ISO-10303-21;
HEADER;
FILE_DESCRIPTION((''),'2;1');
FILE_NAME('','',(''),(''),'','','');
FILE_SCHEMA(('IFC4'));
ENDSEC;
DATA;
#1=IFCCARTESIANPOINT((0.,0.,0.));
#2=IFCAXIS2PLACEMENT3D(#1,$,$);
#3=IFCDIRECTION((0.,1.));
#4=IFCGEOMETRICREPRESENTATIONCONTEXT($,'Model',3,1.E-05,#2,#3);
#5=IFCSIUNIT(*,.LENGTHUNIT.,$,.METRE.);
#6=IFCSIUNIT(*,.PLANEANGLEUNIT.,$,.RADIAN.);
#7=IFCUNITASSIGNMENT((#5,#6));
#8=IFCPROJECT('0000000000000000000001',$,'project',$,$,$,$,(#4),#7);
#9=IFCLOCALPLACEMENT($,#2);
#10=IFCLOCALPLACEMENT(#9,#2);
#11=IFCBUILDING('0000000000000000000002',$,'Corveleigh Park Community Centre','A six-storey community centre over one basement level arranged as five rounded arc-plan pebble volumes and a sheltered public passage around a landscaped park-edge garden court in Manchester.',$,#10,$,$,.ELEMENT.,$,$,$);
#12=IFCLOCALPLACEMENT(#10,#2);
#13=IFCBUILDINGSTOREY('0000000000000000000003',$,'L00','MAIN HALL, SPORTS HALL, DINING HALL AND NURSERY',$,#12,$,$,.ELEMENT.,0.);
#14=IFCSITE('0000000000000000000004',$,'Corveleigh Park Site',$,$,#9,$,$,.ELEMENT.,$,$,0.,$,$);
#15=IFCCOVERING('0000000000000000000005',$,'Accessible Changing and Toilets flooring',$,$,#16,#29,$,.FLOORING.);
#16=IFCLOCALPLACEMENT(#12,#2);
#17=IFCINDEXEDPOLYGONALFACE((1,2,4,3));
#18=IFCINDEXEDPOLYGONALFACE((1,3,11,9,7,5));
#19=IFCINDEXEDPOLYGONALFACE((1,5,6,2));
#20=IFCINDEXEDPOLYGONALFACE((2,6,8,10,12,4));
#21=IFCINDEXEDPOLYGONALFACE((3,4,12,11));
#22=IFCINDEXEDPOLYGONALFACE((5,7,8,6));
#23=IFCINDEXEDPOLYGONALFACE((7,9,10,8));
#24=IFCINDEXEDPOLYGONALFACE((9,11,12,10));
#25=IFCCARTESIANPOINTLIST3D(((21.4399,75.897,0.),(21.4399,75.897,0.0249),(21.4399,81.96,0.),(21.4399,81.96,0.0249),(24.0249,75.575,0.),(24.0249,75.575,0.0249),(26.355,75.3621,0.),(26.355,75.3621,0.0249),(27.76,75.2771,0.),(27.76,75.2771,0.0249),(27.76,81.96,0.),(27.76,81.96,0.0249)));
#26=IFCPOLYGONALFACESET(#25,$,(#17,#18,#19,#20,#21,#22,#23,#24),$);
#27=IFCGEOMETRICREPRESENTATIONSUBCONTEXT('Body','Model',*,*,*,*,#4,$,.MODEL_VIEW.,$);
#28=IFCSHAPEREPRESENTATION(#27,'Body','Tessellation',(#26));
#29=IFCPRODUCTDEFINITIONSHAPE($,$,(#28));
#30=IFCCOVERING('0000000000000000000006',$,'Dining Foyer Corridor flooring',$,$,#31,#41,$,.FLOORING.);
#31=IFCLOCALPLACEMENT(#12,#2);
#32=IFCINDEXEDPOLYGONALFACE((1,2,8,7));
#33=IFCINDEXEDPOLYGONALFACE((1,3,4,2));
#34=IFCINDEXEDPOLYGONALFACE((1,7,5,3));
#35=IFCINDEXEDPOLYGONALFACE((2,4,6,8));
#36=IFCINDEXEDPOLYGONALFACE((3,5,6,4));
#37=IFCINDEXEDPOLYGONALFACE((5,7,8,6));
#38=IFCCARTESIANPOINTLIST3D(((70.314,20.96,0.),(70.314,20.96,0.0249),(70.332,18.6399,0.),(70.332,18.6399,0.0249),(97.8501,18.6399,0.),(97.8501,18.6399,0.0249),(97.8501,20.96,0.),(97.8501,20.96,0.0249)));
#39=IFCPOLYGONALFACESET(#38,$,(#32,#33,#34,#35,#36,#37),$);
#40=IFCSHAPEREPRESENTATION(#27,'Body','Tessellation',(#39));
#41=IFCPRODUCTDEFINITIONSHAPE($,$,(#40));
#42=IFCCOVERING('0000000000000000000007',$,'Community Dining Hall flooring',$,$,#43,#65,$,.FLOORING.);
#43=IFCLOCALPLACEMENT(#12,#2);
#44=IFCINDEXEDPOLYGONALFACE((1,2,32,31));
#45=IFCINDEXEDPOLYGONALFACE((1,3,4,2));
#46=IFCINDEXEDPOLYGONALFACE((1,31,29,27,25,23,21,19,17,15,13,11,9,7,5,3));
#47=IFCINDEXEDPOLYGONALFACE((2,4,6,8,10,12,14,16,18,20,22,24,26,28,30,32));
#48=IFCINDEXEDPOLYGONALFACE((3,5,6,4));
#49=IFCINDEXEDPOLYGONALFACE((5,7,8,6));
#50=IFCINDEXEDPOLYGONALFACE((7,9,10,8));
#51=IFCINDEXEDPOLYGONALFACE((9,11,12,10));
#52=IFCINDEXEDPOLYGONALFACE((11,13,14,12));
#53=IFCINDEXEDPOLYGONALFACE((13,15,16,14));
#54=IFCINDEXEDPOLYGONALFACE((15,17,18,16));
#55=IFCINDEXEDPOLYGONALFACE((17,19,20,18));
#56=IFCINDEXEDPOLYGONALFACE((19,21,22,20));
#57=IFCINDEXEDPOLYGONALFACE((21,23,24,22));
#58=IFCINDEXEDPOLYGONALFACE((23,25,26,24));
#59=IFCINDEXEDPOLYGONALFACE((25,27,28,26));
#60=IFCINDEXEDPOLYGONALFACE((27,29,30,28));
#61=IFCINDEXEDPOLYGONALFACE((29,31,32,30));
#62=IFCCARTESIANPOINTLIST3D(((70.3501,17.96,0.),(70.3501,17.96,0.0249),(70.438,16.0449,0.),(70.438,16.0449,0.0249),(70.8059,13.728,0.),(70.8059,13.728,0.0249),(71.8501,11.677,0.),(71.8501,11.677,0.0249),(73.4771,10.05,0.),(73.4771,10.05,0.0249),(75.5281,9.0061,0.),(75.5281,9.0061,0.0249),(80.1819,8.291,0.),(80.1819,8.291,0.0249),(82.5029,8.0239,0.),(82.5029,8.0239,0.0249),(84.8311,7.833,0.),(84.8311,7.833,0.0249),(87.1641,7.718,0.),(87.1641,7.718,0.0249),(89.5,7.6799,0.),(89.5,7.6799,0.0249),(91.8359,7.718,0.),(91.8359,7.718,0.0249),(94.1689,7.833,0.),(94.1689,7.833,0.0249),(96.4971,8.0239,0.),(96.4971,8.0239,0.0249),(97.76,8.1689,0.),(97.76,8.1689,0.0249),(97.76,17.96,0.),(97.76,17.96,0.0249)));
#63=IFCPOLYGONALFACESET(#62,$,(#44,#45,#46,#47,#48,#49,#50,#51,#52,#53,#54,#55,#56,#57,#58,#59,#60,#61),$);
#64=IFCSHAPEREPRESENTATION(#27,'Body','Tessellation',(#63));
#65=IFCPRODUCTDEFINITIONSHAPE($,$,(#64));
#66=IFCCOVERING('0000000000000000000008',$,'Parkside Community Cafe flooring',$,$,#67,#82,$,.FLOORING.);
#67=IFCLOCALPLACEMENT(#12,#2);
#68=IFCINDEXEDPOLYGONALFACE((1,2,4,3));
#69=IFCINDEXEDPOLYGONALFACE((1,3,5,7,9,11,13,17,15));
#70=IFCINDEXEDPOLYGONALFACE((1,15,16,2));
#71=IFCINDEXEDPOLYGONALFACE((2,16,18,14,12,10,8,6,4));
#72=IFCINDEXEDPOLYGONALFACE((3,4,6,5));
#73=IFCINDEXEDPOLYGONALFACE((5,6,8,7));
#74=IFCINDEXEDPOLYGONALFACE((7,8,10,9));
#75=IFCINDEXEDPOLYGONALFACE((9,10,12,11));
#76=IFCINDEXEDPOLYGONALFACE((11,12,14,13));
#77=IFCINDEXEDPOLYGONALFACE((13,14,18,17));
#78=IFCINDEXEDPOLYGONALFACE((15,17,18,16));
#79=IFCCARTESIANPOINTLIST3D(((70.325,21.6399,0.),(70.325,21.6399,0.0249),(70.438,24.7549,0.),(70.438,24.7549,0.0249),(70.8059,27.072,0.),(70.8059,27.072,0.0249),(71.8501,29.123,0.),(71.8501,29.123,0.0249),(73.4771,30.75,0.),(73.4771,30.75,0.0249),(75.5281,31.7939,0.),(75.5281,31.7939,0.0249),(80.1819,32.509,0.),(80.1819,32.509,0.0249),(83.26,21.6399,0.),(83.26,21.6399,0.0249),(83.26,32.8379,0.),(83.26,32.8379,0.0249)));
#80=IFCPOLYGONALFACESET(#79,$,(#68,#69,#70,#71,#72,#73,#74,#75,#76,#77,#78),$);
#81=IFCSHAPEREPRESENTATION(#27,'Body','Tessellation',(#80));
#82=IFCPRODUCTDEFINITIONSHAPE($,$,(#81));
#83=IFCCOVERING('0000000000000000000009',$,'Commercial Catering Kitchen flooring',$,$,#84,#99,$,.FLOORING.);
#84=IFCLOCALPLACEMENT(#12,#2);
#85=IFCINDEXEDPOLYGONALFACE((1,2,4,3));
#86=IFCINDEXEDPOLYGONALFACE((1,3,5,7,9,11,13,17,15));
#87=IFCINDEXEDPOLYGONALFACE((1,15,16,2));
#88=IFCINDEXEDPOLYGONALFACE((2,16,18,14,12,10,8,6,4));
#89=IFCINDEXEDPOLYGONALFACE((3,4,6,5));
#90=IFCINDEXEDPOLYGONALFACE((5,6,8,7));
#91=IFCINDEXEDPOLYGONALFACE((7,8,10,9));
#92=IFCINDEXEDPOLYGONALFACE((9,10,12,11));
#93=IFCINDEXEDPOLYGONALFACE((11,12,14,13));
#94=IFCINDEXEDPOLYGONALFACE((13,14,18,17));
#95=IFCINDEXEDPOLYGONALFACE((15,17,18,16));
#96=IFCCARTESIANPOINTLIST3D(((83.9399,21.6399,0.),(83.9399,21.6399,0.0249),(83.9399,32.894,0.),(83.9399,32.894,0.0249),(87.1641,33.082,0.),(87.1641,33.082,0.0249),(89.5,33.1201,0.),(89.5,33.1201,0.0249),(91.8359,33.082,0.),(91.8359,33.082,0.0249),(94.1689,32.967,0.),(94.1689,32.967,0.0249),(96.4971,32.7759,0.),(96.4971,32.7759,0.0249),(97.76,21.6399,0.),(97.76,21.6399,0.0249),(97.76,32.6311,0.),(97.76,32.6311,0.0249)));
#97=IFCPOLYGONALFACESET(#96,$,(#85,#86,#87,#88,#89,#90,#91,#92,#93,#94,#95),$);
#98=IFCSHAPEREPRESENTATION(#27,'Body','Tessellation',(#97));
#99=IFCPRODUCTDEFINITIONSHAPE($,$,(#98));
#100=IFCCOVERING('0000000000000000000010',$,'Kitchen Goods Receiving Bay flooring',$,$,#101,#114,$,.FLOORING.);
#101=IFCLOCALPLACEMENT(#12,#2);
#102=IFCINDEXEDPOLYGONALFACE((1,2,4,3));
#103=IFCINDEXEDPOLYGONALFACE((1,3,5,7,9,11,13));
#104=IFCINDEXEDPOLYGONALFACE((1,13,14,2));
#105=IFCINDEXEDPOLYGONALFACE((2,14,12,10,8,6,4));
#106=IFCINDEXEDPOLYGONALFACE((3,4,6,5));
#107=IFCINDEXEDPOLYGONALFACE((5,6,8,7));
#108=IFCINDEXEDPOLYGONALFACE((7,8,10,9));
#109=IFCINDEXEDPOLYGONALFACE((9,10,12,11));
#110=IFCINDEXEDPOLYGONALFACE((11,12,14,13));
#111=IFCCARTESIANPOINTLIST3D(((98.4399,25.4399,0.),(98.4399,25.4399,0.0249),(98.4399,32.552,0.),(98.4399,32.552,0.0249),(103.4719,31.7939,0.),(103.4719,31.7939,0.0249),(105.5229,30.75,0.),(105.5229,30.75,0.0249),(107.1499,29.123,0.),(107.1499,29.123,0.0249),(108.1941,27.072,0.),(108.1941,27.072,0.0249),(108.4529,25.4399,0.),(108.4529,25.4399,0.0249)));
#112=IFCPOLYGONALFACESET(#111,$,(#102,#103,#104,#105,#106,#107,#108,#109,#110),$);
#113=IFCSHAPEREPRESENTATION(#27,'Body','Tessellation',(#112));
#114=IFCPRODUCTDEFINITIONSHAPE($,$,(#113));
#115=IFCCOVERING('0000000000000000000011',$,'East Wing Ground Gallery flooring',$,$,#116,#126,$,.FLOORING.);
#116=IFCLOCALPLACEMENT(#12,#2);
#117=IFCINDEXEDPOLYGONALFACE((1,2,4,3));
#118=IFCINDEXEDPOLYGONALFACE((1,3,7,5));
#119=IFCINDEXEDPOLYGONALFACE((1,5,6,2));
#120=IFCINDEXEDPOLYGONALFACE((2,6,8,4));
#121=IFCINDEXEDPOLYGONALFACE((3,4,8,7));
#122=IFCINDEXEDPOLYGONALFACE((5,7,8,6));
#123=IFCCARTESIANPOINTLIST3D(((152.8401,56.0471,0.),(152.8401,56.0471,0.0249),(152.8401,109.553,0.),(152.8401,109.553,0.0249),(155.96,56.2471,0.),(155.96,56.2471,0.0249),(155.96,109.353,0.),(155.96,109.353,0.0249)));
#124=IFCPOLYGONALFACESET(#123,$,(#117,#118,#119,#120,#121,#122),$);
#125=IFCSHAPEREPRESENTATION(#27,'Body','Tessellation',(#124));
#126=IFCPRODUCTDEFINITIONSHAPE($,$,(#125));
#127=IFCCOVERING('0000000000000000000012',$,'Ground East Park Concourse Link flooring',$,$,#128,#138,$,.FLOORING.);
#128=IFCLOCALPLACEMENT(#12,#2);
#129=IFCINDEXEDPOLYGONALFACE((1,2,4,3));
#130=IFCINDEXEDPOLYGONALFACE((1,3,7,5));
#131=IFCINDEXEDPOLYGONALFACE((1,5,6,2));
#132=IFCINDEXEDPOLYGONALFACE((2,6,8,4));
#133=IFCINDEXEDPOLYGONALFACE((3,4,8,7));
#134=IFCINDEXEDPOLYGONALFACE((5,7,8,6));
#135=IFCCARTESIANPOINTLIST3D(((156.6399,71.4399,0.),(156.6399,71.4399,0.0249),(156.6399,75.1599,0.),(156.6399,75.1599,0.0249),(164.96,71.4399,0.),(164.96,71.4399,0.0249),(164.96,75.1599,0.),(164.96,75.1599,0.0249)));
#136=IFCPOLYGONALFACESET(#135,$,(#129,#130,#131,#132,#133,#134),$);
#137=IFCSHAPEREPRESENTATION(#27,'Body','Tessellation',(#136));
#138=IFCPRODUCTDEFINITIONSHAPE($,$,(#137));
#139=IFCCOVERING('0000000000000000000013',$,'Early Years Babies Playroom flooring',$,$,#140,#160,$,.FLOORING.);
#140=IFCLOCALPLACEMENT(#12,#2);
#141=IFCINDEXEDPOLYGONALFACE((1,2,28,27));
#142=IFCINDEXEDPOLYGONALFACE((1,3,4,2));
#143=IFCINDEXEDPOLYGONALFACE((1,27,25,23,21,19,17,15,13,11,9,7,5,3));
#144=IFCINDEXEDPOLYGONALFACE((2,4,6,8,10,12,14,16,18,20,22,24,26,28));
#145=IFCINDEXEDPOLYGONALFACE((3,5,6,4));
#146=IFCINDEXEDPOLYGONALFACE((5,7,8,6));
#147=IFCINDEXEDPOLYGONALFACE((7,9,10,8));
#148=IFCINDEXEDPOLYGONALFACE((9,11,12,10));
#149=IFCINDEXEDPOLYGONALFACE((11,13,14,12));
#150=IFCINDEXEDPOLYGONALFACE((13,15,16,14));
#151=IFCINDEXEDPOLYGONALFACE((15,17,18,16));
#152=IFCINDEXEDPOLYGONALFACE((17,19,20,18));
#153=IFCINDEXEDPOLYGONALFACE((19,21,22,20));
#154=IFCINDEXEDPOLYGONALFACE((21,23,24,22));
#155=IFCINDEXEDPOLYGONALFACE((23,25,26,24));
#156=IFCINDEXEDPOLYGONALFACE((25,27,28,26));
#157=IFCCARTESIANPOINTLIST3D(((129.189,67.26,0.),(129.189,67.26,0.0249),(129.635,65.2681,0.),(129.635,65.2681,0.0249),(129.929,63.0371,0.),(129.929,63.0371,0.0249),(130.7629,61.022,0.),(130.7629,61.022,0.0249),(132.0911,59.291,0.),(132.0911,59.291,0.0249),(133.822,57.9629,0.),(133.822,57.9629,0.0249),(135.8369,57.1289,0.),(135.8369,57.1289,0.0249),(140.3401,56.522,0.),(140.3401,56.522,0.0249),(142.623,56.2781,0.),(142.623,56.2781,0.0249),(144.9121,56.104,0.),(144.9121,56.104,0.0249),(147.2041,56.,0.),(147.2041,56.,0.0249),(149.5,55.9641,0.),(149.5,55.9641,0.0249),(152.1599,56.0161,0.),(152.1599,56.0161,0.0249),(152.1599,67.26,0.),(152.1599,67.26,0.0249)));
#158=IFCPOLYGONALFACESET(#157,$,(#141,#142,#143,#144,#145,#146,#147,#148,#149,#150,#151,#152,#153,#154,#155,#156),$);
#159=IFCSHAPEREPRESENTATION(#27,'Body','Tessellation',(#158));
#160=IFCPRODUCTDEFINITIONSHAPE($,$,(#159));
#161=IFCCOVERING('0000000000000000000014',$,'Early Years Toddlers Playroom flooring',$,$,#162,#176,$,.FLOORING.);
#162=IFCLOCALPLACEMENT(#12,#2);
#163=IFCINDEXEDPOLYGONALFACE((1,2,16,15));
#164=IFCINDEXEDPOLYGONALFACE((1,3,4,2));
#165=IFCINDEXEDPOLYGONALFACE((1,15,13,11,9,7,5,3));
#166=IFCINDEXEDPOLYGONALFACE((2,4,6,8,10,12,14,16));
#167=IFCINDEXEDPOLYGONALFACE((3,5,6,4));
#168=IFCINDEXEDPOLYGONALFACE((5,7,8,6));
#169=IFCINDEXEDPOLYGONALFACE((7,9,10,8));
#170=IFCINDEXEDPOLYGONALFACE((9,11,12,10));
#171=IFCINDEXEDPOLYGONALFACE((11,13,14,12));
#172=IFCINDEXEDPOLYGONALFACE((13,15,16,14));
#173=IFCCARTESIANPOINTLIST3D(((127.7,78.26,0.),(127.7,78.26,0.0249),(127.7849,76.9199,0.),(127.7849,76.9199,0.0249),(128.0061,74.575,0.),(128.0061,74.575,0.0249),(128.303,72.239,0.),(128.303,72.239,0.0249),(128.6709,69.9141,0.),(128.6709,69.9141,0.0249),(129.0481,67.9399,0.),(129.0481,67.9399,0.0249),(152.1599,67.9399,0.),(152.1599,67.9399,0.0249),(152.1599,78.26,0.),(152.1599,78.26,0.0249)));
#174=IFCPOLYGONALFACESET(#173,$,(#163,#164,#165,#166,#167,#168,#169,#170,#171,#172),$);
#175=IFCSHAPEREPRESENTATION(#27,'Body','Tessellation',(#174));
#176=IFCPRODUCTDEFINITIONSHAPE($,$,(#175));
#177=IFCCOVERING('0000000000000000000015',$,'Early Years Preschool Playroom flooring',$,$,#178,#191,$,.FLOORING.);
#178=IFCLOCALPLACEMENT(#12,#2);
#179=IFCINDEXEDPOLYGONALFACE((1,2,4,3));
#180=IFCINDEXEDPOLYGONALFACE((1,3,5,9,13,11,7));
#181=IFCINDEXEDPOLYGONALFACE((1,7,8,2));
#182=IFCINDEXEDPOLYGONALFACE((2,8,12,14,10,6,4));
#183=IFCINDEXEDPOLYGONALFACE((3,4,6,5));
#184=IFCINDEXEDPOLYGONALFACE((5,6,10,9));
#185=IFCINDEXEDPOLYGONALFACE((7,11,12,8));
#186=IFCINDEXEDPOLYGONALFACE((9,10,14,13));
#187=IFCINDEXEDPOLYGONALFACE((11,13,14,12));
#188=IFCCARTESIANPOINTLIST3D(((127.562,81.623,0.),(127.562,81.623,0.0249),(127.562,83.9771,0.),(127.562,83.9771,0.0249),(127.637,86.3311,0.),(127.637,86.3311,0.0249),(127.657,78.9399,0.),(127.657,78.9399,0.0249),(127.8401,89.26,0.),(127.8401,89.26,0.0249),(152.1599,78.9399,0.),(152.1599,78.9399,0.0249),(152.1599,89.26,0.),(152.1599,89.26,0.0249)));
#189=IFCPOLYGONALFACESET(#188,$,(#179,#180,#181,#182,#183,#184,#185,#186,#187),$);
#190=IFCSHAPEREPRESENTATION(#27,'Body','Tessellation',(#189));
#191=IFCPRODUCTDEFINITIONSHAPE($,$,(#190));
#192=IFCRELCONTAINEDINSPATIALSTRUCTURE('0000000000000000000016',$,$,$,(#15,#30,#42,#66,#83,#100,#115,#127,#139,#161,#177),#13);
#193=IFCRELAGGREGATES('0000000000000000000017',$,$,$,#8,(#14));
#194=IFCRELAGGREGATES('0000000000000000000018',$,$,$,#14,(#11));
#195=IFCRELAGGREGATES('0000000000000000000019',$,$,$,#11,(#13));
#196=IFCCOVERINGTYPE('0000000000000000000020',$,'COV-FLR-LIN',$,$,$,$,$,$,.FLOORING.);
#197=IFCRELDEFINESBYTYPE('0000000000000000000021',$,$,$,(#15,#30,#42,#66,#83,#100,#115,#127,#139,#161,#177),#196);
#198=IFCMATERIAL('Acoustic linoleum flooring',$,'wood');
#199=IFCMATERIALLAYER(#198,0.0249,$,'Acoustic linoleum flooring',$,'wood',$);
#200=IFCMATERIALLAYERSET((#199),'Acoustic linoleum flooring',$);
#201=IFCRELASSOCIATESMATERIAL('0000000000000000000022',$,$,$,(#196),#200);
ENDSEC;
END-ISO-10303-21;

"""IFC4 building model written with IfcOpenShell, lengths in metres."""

from ifc_helpers import new_model, si_unit, direction, origin, place, context, subcontext, project, spatial, polyline, outline, extrude, material, layer, layer_set, type_object, element, save


model = new_model("IFC4")

# Units and contexts
model_context = context("Model", 3, precision=1e-05, world=origin(), true_north=direction((0.0, 1.0)))
body_context = subcontext(model_context, "Body", "Model", "MODEL_VIEW")
ifc_project = project(units=[si_unit("LENGTHUNIT", "METRE"), si_unit("PLANEANGLEUNIT", "RADIAN")], contexts=[model_context])

# Site, building, storey
site_placement = place(None, origin())
site = spatial("IfcSite", under=ifc_project, at=site_placement, Name="Corveleigh Park Site", CompositionType="ELEMENT", RefElevation=0.0)
building_placement = place(site_placement, origin())
building = spatial("IfcBuilding", under=site, at=building_placement, Name="Corveleigh Park Community Centre", Description="A six-storey community centre over one basement level arranged as five rounded arc-plan pebble volumes and a sheltered public passage around a landscaped park-edge garden court in Manchester.", CompositionType="ELEMENT")
storey_placement = place(building_placement, origin())
storey = spatial("IfcBuildingStorey", under=building, at=storey_placement, Name="L00", Description="MAIN HALL, SPORTS HALL, DINING HALL AND NURSERY", CompositionType="ELEMENT", Elevation=0.0)

# Coverings
ifc_material_1 = material(Name="Acoustic linoleum flooring", Category="wood")
ifc_layer_1 = layer(ifc_material_1, 0.0249, Name="Acoustic linoleum flooring", Category="wood")
ifc_layer_set_1 = layer_set([ifc_layer_1], Name="Acoustic linoleum flooring")
covering_type_1 = type_object("IfcCoveringType", Name="COV-FLR-LIN", PredefinedType="FLOORING", material=ifc_layer_set_1)
covering_1_placement = place(storey_placement, origin())
element("IfcCovering", 1, at=covering_1_placement, inside=storey, type_object=covering_type_1, Name="Accessible Changing and Toilets flooring", PredefinedType="FLOORING", context=body_context, shape_type="SweptSolid", body=[
    extrude(outline(polyline([(21.4399, 81.96), (27.76, 81.96), (27.76, 75.2771), (26.355, 75.3621), (24.0249, 75.575), (21.4399, 75.897), (21.4399, 81.96)])), origin(), (0.0, 0.0, 1.0), 0.0249),
])
covering_2_placement = place(storey_placement, origin())
element("IfcCovering", 2, at=covering_2_placement, inside=storey, type_object=covering_type_1, Name="Dining Foyer Corridor flooring", PredefinedType="FLOORING", context=body_context, shape_type="SweptSolid", body=[
    extrude(outline(polyline([(97.8501, 20.96), (97.8501, 18.6399), (70.332, 18.6399), (70.314, 20.96), (97.8501, 20.96)])), origin(), (0.0, 0.0, 1.0), 0.0249),
])
covering_3_placement = place(storey_placement, origin())
element("IfcCovering", 3, at=covering_3_placement, inside=storey, type_object=covering_type_1, Name="Community Dining Hall flooring", PredefinedType="FLOORING", context=body_context, shape_type="SweptSolid", body=[
    extrude(outline(polyline([(70.8059, 13.728), (70.438, 16.0449), (70.3501, 17.96), (97.76, 17.96), (97.76, 8.1689), (96.4971, 8.0239), (94.1689, 7.833), (91.8359, 7.718), (89.5, 7.6799), (87.1641, 7.718), (84.8311, 7.833), (82.5029, 8.0239), (80.1819, 8.291), (75.5281, 9.0061), (73.4771, 10.05), (71.8501, 11.677), (70.8059, 13.728)])), origin(), (0.0, 0.0, 1.0), 0.0249),
])
covering_4_placement = place(storey_placement, origin())
element("IfcCovering", 4, at=covering_4_placement, inside=storey, type_object=covering_type_1, Name="Parkside Community Cafe flooring", PredefinedType="FLOORING", context=body_context, shape_type="SweptSolid", body=[
    extrude(outline(polyline([(70.325, 21.6399), (70.438, 24.7549), (70.8059, 27.072), (71.8501, 29.123), (73.4771, 30.75), (75.5281, 31.7939), (80.1819, 32.509), (83.26, 32.8379), (83.26, 21.6399), (70.325, 21.6399)])), origin(), (0.0, 0.0, 1.0), 0.0249),
])
covering_5_placement = place(storey_placement, origin())
element("IfcCovering", 5, at=covering_5_placement, inside=storey, type_object=covering_type_1, Name="Commercial Catering Kitchen flooring", PredefinedType="FLOORING", context=body_context, shape_type="SweptSolid", body=[
    extrude(outline(polyline([(87.1641, 33.082), (89.5, 33.1201), (91.8359, 33.082), (94.1689, 32.967), (96.4971, 32.7759), (97.76, 32.6311), (97.76, 21.6399), (83.9399, 21.6399), (83.9399, 32.894), (87.1641, 33.082)])), origin(), (0.0, 0.0, 1.0), 0.0249),
])
covering_6_placement = place(storey_placement, origin())
element("IfcCovering", 6, at=covering_6_placement, inside=storey, type_object=covering_type_1, Name="Kitchen Goods Receiving Bay flooring", PredefinedType="FLOORING", context=body_context, shape_type="SweptSolid", body=[
    extrude(outline(polyline([(108.4529, 25.4399), (98.4399, 25.4399), (98.4399, 32.552), (103.4719, 31.7939), (105.5229, 30.75), (107.1499, 29.123), (108.1941, 27.072), (108.4529, 25.4399)])), origin(), (0.0, 0.0, 1.0), 0.0249),
])
covering_7_placement = place(storey_placement, origin())
element("IfcCovering", 7, at=covering_7_placement, inside=storey, type_object=covering_type_1, Name="East Wing Ground Gallery flooring", PredefinedType="FLOORING", context=body_context, shape_type="SweptSolid", body=[
    extrude(outline(polyline([(152.8401, 56.0471), (152.8401, 109.553), (155.96, 109.353), (155.96, 56.2471), (152.8401, 56.0471)])), origin(), (0.0, 0.0, 1.0), 0.0249),
])
covering_8_placement = place(storey_placement, origin())
element("IfcCovering", 8, at=covering_8_placement, inside=storey, type_object=covering_type_1, Name="Ground East Park Concourse Link flooring", PredefinedType="FLOORING", context=body_context, shape_type="SweptSolid", body=[
    extrude(outline(polyline([(164.96, 71.4399), (156.6399, 71.4399), (156.6399, 75.1599), (164.96, 75.1599), (164.96, 71.4399)])), origin(), (0.0, 0.0, 1.0), 0.0249),
])
covering_9_placement = place(storey_placement, origin())
element("IfcCovering", 9, at=covering_9_placement, inside=storey, type_object=covering_type_1, Name="Early Years Babies Playroom flooring", PredefinedType="FLOORING", context=body_context, shape_type="SweptSolid", body=[
    extrude(outline(polyline([(132.0911, 59.291), (130.7629, 61.022), (129.929, 63.0371), (129.635, 65.2681), (129.189, 67.26), (152.1599, 67.26), (152.1599, 56.0161), (149.5, 55.9641), (147.2041, 56.0), (144.9121, 56.104), (142.623, 56.2781), (140.3401, 56.522), (135.8369, 57.1289), (133.822, 57.9629), (132.0911, 59.291)])), origin(), (0.0, 0.0, 1.0), 0.0249),
])
covering_10_placement = place(storey_placement, origin())
element("IfcCovering", 10, at=covering_10_placement, inside=storey, type_object=covering_type_1, Name="Early Years Toddlers Playroom flooring", PredefinedType="FLOORING", context=body_context, shape_type="SweptSolid", body=[
    extrude(outline(polyline([(127.7849, 76.9199), (127.7, 78.26), (152.1599, 78.26), (152.1599, 67.9399), (129.0481, 67.9399), (128.6709, 69.9141), (128.303, 72.239), (128.0061, 74.575), (127.7849, 76.9199)])), origin(), (0.0, 0.0, 1.0), 0.0249),
])
covering_11_placement = place(storey_placement, origin())
element("IfcCovering", 11, at=covering_11_placement, inside=storey, type_object=covering_type_1, Name="Early Years Preschool Playroom flooring", PredefinedType="FLOORING", context=body_context, shape_type="SweptSolid", body=[
    extrude(outline(polyline([(127.562, 83.9771), (127.637, 86.3311), (127.8401, 89.26), (152.1599, 89.26), (152.1599, 78.9399), (127.657, 78.9399), (127.562, 81.623), (127.562, 83.9771)])), origin(), (0.0, 0.0, 1.0), 0.0249),
])

save(model, "model.ifc")
